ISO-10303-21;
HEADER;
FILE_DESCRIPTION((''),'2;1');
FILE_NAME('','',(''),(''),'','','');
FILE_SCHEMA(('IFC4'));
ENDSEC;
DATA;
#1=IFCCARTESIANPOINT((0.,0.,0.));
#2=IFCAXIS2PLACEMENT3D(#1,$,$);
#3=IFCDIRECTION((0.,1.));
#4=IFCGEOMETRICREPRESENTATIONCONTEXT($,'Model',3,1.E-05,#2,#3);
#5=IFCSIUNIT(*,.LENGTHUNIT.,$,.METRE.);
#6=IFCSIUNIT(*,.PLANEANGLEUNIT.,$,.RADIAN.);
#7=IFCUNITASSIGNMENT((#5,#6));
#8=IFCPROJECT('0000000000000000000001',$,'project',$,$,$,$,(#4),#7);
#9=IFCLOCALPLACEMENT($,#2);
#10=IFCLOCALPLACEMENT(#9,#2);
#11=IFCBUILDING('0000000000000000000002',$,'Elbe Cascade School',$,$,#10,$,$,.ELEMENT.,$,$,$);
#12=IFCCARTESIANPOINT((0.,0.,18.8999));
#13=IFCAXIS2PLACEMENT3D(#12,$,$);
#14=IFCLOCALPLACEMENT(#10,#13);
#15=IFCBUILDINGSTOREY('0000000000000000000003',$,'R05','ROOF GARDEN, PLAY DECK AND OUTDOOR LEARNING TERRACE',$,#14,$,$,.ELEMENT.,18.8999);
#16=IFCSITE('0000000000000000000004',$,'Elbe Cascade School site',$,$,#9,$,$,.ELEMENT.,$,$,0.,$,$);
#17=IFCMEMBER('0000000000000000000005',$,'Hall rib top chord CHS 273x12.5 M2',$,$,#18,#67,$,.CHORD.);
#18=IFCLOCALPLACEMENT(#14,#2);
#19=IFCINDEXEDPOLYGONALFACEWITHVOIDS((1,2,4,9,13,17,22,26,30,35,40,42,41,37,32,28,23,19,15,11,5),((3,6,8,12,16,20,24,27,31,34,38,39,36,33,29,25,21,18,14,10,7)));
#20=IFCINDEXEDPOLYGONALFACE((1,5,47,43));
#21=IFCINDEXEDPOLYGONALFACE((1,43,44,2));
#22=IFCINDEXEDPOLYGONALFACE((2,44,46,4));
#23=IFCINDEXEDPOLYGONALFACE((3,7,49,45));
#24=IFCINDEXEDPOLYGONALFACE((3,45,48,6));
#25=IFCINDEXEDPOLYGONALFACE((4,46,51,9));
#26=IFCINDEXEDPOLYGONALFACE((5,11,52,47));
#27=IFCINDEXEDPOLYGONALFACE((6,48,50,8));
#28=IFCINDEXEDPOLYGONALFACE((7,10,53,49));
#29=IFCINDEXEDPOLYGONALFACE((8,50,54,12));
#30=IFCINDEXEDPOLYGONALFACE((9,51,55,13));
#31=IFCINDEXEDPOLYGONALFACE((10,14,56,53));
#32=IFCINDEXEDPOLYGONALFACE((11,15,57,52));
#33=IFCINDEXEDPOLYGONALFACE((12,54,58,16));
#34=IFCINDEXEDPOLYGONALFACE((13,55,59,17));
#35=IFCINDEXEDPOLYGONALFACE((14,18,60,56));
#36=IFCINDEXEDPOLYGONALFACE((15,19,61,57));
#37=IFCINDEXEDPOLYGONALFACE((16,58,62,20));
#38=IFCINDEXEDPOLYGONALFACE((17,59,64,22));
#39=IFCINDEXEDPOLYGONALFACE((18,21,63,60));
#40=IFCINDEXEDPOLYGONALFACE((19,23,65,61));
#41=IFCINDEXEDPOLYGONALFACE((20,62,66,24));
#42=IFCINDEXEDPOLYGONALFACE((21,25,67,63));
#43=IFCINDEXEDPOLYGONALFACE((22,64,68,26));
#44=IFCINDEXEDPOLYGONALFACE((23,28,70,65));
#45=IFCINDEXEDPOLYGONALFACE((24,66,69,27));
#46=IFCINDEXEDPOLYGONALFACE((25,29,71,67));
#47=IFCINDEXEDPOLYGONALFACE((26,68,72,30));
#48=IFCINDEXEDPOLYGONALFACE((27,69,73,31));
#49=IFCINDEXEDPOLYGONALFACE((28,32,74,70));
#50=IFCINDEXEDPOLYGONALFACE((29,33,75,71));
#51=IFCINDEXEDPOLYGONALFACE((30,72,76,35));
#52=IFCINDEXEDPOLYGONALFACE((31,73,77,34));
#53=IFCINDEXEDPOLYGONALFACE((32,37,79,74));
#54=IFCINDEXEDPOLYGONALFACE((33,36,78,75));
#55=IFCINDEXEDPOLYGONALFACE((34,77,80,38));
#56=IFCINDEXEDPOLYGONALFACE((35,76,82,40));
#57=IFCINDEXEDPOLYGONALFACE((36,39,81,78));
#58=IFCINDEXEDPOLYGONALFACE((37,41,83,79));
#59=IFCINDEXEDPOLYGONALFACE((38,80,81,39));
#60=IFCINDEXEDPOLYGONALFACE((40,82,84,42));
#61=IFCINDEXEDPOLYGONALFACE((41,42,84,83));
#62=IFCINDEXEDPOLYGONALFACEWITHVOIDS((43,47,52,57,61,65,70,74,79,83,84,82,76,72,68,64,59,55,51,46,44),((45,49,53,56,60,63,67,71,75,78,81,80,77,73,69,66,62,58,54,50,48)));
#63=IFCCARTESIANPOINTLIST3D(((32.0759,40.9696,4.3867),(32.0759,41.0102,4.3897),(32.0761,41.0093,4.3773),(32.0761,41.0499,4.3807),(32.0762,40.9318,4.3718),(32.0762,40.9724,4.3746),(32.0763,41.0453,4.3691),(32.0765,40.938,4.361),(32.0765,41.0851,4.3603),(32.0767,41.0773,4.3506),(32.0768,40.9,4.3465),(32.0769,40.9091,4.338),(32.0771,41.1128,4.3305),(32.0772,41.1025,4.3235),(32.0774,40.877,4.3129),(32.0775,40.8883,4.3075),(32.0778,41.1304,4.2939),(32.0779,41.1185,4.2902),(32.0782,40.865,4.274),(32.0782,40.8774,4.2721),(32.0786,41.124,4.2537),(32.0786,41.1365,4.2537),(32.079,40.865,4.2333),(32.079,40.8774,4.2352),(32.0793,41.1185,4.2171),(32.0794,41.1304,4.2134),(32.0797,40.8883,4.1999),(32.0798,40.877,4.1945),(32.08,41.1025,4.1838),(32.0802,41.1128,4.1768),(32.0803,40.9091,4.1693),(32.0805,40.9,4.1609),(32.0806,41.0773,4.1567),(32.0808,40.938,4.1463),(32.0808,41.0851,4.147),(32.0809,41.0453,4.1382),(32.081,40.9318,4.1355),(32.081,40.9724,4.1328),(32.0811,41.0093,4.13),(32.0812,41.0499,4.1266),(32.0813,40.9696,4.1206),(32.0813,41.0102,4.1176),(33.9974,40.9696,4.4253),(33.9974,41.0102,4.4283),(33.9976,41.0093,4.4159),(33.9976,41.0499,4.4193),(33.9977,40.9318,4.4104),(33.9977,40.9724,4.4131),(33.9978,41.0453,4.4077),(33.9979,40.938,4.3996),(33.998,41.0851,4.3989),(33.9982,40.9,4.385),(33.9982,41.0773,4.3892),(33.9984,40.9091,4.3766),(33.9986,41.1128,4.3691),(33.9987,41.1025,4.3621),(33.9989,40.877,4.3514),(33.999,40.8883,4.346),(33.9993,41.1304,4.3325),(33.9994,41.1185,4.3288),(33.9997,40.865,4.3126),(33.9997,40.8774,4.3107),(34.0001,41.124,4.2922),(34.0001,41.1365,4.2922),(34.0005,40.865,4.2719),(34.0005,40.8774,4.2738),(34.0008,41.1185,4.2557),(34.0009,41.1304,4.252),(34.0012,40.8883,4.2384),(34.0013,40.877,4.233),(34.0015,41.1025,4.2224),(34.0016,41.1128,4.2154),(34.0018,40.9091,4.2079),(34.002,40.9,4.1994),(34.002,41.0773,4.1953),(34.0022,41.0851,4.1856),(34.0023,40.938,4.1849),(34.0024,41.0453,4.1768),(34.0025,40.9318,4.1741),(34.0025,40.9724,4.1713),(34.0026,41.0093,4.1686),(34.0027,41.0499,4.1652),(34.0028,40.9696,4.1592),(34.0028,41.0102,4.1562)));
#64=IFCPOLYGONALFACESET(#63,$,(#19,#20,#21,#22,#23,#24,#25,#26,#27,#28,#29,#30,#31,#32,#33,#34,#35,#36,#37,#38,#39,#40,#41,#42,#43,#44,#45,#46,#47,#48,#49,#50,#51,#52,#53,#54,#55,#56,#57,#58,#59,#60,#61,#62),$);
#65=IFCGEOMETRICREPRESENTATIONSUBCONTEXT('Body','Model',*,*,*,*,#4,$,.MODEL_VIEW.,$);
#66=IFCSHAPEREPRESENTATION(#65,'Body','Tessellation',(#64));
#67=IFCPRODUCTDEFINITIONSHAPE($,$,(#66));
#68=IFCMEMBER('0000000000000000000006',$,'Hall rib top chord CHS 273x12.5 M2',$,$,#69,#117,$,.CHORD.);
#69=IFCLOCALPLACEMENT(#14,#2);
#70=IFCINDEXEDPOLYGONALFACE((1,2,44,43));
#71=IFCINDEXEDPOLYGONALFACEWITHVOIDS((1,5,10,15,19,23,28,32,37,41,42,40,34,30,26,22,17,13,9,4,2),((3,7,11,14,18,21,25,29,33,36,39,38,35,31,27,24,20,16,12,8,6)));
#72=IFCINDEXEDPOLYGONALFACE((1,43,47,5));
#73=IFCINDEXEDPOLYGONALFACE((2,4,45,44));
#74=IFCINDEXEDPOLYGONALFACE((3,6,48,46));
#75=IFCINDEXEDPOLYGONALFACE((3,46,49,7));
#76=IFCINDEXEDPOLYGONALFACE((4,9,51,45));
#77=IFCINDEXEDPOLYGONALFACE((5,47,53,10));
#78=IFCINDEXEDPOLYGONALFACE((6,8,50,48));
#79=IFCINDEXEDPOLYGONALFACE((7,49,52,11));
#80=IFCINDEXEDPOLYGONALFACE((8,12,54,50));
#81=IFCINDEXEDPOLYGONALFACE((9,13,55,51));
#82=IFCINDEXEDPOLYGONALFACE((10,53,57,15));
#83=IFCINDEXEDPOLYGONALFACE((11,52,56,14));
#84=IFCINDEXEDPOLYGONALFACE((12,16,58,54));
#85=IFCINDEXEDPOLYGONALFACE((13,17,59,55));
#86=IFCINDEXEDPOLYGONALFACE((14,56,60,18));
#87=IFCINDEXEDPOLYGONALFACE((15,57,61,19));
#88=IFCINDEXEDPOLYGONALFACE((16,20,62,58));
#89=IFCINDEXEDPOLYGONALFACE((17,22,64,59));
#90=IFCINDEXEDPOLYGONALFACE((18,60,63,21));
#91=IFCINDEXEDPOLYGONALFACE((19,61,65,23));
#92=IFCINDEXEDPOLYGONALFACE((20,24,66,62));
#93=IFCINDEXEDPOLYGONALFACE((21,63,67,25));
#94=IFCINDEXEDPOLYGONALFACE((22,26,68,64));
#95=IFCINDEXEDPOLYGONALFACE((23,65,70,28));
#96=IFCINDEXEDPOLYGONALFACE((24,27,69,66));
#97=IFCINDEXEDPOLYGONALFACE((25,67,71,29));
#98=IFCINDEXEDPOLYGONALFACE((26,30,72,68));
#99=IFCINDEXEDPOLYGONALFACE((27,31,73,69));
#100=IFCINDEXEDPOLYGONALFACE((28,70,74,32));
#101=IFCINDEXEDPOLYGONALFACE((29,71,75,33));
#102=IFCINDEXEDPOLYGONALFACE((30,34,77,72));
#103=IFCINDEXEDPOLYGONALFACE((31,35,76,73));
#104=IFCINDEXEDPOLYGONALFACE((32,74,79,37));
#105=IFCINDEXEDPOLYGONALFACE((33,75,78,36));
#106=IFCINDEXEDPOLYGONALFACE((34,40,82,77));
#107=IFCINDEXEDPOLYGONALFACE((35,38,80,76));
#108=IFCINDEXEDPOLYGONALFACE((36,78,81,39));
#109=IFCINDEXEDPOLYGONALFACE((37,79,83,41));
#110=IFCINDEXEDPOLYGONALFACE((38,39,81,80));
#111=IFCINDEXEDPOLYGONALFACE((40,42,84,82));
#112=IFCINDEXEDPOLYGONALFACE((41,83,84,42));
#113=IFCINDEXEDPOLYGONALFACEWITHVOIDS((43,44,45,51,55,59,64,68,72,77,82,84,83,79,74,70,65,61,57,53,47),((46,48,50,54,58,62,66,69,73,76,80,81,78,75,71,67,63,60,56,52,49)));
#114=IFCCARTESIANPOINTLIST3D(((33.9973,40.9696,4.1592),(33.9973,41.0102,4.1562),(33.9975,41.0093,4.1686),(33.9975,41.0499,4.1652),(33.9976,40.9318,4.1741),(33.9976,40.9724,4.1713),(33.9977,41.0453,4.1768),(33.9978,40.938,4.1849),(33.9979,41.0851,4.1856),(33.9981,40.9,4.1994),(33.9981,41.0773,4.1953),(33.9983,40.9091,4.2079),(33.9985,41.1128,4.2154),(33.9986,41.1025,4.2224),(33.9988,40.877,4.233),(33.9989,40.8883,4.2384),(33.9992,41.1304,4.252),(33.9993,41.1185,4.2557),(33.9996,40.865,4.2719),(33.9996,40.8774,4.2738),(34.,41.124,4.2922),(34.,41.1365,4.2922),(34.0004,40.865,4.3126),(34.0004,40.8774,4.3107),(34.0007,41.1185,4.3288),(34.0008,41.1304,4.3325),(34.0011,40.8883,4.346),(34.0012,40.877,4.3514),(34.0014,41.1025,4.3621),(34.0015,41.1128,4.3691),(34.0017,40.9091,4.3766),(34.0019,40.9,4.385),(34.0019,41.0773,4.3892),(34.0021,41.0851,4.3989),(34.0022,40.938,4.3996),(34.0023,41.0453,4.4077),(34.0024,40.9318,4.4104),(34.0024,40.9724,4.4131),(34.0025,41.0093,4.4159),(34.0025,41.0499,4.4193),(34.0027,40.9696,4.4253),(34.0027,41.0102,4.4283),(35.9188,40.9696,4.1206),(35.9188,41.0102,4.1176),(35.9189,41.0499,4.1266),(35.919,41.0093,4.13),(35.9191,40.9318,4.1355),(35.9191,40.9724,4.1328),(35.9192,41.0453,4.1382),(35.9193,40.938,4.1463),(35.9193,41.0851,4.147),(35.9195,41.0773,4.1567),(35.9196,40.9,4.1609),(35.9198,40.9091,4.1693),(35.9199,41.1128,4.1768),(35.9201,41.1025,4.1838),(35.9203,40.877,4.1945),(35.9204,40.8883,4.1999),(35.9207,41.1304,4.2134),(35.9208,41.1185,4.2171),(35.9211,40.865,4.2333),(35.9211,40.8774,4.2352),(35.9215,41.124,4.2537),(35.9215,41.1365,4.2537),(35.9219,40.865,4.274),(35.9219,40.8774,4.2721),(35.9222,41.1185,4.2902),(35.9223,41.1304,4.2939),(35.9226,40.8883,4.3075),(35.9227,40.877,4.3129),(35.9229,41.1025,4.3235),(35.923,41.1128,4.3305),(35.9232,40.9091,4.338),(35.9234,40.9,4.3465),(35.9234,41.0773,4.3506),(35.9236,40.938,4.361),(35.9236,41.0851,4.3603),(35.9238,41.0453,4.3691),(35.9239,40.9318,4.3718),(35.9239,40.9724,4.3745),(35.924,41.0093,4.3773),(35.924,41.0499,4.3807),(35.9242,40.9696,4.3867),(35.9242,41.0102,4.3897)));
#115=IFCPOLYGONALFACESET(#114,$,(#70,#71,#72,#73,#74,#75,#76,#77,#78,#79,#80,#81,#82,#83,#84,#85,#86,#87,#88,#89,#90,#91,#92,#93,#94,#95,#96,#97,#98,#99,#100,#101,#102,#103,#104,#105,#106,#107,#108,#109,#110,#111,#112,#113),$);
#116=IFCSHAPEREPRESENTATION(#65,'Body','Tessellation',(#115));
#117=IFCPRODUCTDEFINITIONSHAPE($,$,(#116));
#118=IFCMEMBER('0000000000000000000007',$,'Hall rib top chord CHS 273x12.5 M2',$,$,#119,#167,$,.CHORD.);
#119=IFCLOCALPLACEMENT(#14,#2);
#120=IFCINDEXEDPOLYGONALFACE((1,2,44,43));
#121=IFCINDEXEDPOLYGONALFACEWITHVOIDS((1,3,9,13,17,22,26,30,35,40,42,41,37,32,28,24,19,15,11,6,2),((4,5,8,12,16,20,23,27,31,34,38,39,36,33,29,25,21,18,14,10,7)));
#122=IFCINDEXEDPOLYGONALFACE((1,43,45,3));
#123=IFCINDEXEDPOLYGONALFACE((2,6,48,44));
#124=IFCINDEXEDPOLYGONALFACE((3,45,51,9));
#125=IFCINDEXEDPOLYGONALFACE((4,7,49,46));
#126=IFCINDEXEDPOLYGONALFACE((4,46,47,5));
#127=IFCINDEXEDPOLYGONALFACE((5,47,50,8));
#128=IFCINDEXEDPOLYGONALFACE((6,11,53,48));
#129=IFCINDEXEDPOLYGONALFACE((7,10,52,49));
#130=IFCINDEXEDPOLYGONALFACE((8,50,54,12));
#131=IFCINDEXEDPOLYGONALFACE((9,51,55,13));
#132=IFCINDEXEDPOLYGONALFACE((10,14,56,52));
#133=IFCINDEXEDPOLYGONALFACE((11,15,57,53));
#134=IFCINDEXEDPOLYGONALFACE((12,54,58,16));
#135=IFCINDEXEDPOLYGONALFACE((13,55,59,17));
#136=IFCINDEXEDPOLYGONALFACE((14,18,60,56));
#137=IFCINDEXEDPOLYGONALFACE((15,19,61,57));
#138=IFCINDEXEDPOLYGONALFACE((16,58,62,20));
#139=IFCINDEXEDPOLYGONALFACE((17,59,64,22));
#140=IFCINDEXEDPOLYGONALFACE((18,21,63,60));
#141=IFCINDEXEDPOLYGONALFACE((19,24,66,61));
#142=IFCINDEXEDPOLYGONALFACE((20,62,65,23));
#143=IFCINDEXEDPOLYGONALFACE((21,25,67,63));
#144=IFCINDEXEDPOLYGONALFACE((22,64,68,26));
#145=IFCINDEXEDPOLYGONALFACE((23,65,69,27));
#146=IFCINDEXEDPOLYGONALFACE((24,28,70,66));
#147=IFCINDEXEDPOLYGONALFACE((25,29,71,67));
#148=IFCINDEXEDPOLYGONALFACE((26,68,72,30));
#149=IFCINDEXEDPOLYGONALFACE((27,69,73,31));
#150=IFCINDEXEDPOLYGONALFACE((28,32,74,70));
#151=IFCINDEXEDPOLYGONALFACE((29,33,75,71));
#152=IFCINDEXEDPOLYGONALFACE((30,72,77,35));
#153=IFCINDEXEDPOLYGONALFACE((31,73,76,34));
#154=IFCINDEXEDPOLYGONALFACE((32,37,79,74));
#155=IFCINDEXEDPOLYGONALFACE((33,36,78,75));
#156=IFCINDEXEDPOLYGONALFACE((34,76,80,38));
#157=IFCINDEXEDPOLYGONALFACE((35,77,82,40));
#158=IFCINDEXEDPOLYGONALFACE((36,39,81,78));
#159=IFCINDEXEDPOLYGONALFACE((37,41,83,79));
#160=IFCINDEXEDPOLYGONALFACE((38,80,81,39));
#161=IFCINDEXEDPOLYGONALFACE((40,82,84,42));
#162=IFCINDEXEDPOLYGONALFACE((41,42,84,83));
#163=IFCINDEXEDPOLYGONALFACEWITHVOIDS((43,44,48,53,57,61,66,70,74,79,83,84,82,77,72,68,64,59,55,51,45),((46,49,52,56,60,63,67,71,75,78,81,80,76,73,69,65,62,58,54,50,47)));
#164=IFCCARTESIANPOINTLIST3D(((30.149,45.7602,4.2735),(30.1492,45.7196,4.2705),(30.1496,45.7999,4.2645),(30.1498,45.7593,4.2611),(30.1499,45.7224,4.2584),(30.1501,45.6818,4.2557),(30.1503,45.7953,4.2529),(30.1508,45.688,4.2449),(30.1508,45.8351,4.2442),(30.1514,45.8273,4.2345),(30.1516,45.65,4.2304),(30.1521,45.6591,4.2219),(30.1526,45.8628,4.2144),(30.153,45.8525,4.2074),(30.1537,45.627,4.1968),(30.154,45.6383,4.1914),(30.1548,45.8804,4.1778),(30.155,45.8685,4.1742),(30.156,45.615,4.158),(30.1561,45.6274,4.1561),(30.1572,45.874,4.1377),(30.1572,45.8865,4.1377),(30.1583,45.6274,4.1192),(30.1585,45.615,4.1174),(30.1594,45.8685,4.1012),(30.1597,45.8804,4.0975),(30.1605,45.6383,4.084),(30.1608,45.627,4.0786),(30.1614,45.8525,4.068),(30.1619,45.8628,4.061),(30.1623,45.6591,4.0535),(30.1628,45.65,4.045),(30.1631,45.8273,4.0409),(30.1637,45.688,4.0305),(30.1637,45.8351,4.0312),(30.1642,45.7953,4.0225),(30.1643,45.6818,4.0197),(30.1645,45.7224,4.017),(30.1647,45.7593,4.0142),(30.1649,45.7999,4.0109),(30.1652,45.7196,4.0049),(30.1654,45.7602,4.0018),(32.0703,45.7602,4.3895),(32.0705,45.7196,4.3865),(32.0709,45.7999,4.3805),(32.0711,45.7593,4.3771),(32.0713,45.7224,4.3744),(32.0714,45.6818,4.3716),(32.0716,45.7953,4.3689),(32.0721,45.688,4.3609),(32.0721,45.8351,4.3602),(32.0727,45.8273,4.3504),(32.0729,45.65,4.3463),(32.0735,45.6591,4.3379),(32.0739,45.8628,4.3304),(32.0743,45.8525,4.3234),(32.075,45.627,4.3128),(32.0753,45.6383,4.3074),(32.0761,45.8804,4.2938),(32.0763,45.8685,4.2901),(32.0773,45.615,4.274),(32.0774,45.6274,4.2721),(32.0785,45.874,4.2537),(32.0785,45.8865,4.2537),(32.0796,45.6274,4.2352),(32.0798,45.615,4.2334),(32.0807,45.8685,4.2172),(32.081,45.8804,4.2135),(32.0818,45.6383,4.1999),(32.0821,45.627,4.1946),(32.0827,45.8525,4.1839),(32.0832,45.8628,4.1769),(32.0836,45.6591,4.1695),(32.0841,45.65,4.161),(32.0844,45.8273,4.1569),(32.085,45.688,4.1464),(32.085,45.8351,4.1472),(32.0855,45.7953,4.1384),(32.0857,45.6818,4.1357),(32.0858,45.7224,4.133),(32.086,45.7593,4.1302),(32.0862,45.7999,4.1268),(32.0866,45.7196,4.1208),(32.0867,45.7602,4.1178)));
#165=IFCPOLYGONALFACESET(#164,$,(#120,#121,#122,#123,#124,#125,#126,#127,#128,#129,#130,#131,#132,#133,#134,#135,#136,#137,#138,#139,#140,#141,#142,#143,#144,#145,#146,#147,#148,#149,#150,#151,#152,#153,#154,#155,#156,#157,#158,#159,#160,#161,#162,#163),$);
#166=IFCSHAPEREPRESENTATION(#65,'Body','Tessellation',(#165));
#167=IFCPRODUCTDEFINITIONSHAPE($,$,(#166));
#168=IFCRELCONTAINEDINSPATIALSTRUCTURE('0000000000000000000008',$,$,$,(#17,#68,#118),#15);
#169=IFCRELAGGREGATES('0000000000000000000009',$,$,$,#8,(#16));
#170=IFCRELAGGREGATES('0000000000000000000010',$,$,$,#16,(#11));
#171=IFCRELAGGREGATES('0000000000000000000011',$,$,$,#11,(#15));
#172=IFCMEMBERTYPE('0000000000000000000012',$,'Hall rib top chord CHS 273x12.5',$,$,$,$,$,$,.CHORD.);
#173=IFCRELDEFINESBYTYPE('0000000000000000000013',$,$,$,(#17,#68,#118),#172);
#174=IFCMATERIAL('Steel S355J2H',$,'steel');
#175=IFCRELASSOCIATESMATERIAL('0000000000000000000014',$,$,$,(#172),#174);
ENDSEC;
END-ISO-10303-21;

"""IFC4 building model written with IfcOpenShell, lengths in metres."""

from ifc_helpers import new_model, si_unit, direction, frame, origin, origin_2d, place, context, subcontext, project, spatial, hollow_circle, extrude, material, material_profile, profile_set, type_object, element, save


model = new_model("IFC4")

# Units and contexts
model_context = context("Model", 3, precision=1e-05, world=origin(), true_north=direction((0.0, 1.0)))
body_context = subcontext(model_context, "Body", "Model", "MODEL_VIEW")
ifc_project = project(units=[si_unit("LENGTHUNIT", "METRE"), si_unit("PLANEANGLEUNIT", "RADIAN")], contexts=[model_context])

# Site, building, storey
site_placement = place(None, origin())
site = spatial("IfcSite", under=ifc_project, at=site_placement, Name="Elbe Cascade School site", CompositionType="ELEMENT", RefElevation=0.0)
building_placement = place(site_placement, origin())
building = spatial("IfcBuilding", under=site, at=building_placement, Name="Elbe Cascade School", CompositionType="ELEMENT")
storey_placement = place(building_placement, frame((0.0, 0.0, 18.8999)))
storey = spatial("IfcBuildingStorey", under=building, at=storey_placement, Name="R05", Description="ROOF GARDEN, PLAY DECK AND OUTDOOR LEARNING TERRACE", CompositionType="ELEMENT", Elevation=18.8999)

# Members
ifc_material_1 = material(Name="Steel S355J2H", Category="steel")
ifc_material_profile_1 = material_profile(ifc_material_1, hollow_circle(Radius=0.1365, WallThickness=0.0125, at=origin_2d()), Name="CHS 273x12.5")
ifc_profile_set_1 = profile_set([ifc_material_profile_1], Name="Steel S355J2H")
member_type_1 = type_object("IfcMemberType", Name="Hall rib top chord CHS 273x12.5", PredefinedType="CHORD", material=ifc_profile_set_1)
for number, where, z_axis, x_axis, name in (
    (1, (32.0786, 41.0, 4.2537), (0.999799, 0.0, 0.020072), (0.0, 1.0, 0.0), "Hall rib top chord CHS 273x12.5 M2"),
    (2, (34.0, 41.0, 4.2922), (0.999799, 0.0, -0.020072), (0.0, 1.0, 0.0), "Hall rib top chord CHS 273x12.5 M2"),
):
    element("IfcMember", number, at=place(storey_placement, frame(where, z_axis=z_axis, x_axis=x_axis)), inside=storey, type_object=member_type_1, Name=name, PredefinedType="CHORD", context=body_context, shape_type="SweptSolid", body=[
        extrude(hollow_circle(Radius=0.1365, WallThickness=0.0125, at=origin_2d()), origin(), (0.0, 0.0, 1.0), 1.9219),
    ])
member_1_placement = place(storey_placement, frame((30.1572, 45.75, 4.1377), z_axis=(0.998184, 0.0, 0.060246), x_axis=(0.0, 1.0, 0.0)))
element("IfcMember", 3, at=member_1_placement, inside=storey, type_object=member_type_1, Name="Hall rib top chord CHS 273x12.5 M2", PredefinedType="CHORD", context=body_context, shape_type="SweptSolid", body=[
    extrude(hollow_circle(Radius=0.1365, WallThickness=0.0125, at=origin_2d()), origin(), (0.0, 0.0, 1.0), 1.9248),
])

save(model, "model.ifc")
